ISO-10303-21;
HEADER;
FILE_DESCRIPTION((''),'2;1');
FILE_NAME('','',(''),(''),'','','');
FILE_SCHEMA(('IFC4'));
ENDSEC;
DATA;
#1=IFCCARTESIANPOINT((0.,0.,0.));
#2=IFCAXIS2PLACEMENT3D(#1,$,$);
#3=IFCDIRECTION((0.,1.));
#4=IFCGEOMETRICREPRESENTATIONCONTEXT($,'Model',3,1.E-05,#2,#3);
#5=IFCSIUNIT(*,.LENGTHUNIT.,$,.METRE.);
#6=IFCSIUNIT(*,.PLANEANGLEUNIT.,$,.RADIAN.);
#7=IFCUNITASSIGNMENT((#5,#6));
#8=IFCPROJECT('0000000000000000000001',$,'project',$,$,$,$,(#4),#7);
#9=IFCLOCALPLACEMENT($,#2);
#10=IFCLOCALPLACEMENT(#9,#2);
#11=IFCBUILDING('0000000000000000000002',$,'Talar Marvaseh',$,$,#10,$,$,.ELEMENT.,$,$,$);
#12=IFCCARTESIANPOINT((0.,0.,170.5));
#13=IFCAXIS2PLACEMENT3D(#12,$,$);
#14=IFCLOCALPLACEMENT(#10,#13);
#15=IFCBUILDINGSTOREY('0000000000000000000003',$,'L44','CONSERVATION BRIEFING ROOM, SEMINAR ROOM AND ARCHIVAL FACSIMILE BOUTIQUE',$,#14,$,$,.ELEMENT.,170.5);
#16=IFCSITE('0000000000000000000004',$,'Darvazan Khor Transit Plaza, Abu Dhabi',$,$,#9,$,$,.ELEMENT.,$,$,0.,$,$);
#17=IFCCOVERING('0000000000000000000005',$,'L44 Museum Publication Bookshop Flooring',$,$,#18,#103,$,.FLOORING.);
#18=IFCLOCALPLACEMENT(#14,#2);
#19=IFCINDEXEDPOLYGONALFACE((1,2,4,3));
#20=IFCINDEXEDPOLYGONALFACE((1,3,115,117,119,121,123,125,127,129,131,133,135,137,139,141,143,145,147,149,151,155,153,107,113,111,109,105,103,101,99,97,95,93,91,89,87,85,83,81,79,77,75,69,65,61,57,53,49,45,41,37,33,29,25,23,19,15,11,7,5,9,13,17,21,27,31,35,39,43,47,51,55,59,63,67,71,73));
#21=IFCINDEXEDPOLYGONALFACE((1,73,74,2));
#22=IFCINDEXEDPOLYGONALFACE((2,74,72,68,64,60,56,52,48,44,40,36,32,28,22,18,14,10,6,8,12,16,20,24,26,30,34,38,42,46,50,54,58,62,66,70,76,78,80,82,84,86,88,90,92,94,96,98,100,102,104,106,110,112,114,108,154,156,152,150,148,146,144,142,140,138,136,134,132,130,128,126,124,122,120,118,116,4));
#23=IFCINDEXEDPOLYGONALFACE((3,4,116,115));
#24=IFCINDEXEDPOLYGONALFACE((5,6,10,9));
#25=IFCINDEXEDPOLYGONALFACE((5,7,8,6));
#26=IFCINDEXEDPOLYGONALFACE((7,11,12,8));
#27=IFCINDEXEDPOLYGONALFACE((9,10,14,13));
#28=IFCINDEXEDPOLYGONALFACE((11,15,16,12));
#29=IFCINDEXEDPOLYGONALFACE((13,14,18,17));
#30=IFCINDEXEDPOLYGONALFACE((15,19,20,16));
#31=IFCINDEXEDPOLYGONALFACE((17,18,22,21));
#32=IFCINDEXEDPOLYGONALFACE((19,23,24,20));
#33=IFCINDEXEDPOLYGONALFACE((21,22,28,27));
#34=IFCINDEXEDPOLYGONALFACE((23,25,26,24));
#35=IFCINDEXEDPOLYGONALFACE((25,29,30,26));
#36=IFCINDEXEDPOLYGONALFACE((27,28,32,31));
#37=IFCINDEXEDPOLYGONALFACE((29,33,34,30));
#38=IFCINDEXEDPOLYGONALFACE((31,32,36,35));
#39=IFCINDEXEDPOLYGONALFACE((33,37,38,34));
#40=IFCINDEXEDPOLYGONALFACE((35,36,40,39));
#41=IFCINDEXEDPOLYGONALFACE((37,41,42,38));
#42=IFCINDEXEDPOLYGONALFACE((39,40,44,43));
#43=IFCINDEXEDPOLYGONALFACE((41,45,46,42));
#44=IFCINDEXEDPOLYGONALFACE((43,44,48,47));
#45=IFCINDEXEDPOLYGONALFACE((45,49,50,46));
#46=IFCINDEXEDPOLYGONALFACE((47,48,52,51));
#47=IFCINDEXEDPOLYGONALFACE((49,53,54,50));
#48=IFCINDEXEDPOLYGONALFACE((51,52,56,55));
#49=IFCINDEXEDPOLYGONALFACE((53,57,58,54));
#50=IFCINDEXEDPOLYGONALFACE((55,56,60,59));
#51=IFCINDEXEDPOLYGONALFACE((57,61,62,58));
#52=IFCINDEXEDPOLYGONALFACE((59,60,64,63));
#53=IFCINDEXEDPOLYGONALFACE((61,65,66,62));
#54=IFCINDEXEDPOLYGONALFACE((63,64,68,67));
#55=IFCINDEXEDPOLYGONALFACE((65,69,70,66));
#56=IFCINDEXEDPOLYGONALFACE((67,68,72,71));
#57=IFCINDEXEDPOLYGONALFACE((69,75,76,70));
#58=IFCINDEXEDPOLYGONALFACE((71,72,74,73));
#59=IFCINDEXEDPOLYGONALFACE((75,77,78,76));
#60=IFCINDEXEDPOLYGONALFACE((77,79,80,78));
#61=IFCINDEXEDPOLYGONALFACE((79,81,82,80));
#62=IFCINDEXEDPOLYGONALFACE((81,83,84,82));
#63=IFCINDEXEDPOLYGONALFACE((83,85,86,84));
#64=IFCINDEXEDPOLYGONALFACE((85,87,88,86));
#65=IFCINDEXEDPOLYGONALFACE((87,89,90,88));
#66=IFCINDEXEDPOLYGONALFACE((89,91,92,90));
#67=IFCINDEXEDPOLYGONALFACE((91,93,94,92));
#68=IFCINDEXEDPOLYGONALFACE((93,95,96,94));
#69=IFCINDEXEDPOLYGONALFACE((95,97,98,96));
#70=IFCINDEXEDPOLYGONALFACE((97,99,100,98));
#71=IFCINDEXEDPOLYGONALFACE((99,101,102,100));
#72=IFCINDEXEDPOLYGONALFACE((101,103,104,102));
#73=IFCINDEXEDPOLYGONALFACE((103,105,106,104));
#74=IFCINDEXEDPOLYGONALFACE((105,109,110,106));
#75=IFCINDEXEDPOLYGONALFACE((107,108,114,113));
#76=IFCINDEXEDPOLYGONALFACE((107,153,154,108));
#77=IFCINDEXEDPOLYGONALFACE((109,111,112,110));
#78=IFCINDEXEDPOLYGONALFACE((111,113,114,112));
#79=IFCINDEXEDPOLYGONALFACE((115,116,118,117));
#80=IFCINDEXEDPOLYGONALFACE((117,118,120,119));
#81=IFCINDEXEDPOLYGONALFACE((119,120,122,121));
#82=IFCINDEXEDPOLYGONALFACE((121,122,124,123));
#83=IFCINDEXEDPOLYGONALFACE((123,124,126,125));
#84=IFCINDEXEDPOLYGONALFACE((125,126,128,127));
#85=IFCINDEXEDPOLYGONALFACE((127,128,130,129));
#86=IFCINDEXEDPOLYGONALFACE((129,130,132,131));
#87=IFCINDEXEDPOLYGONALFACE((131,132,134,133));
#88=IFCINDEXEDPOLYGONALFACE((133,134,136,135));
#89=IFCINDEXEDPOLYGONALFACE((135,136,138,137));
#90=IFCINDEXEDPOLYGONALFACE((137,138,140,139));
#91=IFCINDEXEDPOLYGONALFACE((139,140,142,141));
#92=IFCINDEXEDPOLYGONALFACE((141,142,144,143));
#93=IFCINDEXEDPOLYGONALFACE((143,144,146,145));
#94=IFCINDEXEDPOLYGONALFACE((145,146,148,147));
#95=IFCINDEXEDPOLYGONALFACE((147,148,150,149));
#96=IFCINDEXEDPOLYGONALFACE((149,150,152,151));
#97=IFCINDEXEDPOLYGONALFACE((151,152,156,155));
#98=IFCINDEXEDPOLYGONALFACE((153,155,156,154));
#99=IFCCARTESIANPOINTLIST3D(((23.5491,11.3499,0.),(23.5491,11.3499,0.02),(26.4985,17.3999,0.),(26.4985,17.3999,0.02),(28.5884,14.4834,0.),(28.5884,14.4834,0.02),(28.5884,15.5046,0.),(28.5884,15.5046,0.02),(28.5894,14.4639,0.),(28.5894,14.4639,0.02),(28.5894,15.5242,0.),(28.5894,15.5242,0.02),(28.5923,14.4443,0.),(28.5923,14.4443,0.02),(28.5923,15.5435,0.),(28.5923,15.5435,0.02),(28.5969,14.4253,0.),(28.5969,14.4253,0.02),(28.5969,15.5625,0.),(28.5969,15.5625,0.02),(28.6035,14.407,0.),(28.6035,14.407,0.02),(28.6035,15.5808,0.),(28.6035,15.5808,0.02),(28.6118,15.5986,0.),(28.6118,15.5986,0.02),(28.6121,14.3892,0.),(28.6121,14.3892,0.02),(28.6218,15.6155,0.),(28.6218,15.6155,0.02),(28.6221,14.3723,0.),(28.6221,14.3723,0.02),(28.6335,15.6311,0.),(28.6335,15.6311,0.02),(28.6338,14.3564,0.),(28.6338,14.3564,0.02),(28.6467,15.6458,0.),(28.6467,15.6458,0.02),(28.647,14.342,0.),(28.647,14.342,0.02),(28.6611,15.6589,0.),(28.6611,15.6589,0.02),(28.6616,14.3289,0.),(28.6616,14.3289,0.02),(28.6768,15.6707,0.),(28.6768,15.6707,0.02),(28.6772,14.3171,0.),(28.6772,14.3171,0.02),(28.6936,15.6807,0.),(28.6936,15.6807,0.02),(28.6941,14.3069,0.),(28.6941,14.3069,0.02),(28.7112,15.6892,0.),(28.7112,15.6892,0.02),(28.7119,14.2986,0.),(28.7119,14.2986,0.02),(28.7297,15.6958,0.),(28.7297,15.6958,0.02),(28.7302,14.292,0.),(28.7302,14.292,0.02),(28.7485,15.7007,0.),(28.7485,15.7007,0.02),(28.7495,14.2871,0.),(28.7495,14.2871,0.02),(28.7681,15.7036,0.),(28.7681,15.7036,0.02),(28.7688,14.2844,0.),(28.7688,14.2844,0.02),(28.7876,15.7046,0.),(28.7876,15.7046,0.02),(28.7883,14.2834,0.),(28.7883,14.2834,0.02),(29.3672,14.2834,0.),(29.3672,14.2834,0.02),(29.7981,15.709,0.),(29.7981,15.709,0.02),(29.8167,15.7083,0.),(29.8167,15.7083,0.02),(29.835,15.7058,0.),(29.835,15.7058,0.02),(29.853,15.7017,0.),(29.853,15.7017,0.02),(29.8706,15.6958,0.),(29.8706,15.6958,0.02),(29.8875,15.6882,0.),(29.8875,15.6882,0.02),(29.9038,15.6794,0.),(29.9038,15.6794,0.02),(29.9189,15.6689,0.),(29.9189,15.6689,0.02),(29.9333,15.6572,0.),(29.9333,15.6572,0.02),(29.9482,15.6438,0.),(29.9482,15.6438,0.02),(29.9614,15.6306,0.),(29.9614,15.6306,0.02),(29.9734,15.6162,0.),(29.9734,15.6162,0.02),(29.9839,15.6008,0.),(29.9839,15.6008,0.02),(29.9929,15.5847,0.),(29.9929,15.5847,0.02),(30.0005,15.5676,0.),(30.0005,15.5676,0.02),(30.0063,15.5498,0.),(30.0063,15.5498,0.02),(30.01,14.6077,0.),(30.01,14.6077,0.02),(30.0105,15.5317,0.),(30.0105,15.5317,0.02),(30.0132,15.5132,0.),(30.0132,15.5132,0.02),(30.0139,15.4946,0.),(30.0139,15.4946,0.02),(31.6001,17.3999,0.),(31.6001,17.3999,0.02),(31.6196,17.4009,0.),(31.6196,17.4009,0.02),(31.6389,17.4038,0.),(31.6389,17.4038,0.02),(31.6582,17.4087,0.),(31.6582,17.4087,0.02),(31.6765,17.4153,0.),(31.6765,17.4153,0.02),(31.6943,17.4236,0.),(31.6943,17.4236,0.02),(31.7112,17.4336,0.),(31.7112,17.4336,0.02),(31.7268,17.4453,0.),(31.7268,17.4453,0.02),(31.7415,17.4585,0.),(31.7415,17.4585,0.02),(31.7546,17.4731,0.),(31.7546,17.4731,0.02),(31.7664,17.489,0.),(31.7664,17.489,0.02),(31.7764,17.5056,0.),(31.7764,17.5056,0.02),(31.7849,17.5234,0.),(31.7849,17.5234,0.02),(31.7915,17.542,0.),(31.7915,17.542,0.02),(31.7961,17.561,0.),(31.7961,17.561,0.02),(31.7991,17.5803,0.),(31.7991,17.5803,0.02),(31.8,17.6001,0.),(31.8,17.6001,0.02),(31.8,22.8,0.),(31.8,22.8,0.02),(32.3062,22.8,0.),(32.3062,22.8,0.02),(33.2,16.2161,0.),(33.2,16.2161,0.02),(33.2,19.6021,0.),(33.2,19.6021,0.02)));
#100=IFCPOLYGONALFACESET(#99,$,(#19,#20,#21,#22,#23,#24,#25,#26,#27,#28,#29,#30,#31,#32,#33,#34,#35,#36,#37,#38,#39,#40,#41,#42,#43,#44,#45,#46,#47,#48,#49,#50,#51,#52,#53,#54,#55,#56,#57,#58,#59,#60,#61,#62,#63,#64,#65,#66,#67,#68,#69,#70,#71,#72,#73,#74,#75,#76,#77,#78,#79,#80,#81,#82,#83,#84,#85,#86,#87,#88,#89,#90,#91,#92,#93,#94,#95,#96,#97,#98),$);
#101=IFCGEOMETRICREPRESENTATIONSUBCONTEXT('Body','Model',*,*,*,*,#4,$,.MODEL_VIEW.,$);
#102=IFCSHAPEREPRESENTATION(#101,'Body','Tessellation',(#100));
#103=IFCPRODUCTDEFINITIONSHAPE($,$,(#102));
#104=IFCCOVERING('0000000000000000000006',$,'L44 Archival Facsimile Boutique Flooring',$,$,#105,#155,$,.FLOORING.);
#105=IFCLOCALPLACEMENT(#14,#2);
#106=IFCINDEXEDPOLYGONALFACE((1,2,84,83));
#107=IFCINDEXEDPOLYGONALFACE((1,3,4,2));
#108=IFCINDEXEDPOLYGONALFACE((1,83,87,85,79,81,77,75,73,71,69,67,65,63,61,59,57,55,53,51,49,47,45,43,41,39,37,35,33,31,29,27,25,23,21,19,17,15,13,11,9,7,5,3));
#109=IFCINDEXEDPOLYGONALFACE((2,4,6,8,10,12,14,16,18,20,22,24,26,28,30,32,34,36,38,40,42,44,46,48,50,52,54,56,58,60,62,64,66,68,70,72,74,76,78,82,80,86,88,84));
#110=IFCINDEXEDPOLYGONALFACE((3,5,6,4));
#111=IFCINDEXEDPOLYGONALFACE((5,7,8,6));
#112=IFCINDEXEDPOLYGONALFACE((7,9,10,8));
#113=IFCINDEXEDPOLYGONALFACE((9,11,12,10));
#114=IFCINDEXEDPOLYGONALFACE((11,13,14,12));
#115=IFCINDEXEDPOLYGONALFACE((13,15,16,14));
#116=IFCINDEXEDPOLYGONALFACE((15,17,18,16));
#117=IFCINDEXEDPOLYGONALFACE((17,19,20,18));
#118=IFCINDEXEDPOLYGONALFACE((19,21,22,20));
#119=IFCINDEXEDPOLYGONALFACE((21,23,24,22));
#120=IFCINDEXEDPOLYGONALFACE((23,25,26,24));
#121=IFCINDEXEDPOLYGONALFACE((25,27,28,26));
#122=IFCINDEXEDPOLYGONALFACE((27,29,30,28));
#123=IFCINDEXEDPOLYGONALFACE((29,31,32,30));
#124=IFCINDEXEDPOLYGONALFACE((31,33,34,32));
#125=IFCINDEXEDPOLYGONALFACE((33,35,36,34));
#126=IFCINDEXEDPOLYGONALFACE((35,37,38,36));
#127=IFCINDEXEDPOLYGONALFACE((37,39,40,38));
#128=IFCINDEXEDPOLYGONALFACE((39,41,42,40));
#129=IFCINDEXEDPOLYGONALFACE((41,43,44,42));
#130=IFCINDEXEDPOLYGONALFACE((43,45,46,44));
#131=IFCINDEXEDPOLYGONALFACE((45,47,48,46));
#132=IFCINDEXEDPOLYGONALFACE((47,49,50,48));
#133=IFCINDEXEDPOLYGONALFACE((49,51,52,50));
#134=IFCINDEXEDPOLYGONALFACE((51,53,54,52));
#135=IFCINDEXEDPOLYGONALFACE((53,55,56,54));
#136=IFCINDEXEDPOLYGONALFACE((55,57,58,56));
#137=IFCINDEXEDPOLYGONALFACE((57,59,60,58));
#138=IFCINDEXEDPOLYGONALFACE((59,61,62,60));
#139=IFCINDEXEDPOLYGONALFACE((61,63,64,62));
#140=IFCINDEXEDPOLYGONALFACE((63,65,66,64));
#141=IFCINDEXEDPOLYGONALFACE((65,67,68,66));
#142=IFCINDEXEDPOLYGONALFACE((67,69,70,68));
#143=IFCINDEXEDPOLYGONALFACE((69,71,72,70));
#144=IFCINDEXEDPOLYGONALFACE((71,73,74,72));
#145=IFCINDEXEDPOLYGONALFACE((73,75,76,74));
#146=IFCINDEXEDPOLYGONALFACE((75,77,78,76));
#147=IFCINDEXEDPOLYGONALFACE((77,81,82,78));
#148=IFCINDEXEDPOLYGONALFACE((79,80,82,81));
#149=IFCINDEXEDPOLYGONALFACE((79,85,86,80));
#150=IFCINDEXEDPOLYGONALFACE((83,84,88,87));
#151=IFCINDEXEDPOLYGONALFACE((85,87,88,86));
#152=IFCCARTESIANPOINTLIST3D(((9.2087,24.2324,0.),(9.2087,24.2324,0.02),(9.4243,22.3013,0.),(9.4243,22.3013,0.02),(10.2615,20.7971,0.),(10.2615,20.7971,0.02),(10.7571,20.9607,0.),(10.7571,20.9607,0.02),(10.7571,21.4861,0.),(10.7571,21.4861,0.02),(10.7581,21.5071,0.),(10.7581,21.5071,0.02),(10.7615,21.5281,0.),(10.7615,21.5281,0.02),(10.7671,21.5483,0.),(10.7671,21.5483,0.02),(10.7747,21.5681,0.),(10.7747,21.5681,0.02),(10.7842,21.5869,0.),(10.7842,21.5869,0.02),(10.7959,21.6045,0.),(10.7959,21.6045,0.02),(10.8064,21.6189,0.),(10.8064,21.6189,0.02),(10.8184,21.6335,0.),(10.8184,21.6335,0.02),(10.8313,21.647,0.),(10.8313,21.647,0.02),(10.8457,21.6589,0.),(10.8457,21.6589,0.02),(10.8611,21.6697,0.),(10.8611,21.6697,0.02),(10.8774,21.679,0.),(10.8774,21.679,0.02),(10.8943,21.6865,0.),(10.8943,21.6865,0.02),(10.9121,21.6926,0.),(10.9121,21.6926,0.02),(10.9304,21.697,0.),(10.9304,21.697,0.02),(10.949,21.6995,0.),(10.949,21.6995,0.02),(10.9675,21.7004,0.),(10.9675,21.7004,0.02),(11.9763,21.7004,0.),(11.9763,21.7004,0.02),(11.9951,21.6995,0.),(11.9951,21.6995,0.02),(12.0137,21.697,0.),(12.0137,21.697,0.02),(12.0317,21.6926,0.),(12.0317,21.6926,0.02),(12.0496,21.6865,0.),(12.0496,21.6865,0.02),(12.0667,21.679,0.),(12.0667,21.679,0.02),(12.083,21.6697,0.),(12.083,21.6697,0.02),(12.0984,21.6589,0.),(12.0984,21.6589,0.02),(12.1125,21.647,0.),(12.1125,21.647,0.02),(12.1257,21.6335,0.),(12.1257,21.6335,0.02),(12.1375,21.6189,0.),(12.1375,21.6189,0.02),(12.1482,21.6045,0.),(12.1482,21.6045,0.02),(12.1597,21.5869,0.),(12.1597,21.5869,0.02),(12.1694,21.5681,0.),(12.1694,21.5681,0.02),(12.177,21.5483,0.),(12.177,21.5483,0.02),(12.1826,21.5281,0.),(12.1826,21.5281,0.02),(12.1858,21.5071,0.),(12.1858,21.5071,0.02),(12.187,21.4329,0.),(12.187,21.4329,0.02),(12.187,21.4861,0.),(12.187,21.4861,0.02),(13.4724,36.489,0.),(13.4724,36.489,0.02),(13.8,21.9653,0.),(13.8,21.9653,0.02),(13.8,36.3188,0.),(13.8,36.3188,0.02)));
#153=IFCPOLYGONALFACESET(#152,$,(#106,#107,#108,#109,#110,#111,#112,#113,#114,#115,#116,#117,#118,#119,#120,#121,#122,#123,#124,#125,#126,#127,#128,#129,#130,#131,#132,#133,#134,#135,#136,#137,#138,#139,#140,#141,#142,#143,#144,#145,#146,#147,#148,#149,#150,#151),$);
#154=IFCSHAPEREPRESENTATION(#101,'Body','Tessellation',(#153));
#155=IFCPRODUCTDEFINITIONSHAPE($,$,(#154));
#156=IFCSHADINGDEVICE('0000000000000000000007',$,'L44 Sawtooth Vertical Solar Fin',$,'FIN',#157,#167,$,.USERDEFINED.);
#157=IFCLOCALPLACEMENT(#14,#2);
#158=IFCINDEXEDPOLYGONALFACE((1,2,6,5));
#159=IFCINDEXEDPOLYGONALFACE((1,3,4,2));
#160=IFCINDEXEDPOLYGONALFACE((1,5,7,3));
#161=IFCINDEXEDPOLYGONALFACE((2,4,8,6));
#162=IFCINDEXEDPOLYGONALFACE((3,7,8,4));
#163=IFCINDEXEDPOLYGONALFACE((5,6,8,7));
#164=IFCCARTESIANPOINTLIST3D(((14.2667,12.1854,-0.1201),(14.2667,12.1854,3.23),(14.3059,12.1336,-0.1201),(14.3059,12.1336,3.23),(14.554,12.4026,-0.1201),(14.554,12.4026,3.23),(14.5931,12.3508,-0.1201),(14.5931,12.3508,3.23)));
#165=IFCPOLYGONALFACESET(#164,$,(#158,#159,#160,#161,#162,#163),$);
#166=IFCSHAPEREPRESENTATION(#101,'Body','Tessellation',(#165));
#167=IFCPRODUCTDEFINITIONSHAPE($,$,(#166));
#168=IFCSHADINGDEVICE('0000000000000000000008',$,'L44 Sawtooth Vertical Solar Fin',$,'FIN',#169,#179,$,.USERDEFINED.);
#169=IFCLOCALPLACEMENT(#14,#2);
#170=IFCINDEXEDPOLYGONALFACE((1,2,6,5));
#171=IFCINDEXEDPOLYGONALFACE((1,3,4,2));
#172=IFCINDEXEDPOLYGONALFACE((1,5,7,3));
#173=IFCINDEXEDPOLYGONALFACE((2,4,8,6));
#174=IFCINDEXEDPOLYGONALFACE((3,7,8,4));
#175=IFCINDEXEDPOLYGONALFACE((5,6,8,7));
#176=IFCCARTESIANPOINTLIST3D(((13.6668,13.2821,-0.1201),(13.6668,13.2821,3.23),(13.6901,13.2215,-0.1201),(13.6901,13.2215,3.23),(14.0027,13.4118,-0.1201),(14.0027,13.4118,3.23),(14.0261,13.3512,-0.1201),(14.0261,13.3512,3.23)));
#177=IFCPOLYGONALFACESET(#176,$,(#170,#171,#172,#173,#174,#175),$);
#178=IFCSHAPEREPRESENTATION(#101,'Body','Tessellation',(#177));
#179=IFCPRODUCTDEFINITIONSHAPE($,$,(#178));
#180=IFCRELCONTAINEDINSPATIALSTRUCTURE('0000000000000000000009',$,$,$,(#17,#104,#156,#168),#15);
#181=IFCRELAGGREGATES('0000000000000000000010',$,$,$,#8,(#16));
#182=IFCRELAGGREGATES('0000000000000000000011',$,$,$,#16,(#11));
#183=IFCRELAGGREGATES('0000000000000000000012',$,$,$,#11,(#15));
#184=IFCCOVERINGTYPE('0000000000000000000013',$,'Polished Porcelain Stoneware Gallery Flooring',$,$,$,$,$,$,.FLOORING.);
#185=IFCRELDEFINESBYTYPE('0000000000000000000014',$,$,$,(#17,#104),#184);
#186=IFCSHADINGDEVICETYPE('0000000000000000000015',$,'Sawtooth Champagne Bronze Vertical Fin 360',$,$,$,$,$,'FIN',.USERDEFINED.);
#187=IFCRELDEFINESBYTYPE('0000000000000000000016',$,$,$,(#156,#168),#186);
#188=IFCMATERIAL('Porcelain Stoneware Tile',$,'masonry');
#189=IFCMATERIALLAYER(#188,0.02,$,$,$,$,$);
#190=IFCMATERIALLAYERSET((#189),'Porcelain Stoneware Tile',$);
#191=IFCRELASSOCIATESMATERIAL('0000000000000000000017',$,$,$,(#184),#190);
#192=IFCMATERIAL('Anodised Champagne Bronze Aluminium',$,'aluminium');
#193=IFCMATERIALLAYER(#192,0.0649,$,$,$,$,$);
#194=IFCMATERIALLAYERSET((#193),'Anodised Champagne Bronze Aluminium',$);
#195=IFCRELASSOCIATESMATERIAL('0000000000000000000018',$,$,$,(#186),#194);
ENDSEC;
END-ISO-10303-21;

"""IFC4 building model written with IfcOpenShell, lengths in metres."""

from ifc_helpers import new_model, si_unit, direction, frame, origin, origin_2d, place, context, subcontext, project, spatial, polyline, rectangle, outline, extrude, source, transform, mapped, material, layer, layer_set, type_object, type_shapes, element, save


model = new_model("IFC4")

# Units and contexts
model_context = context("Model", 3, precision=1e-05, world=origin(), true_north=direction((0.0, 1.0)))
body_context = subcontext(model_context, "Body", "Model", "MODEL_VIEW")
ifc_project = project(units=[si_unit("LENGTHUNIT", "METRE"), si_unit("PLANEANGLEUNIT", "RADIAN")], contexts=[model_context])

# Site, building, storey
site_placement = place(None, origin())
site = spatial("IfcSite", under=ifc_project, at=site_placement, Name="Darvazan Khor Transit Plaza, Abu Dhabi", CompositionType="ELEMENT", RefElevation=0.0)
building_placement = place(site_placement, origin())
building = spatial("IfcBuilding", under=site, at=building_placement, Name="Talar Marvaseh", CompositionType="ELEMENT")
storey_placement = place(building_placement, frame((0.0, 0.0, 170.5)))
storey = spatial("IfcBuildingStorey", under=building, at=storey_placement, Name="L44", Description="CONSERVATION BRIEFING ROOM, SEMINAR ROOM AND ARCHIVAL FACSIMILE BOUTIQUE", CompositionType="ELEMENT", Elevation=170.5)

# Coverings
ifc_material_1 = material(Name="Porcelain Stoneware Tile", Category="masonry")
ifc_layer_1 = layer(ifc_material_1, 0.02)
ifc_layer_set_1 = layer_set([ifc_layer_1], Name="Porcelain Stoneware Tile")
covering_type_1 = type_object("IfcCoveringType", Name="Polished Porcelain Stoneware Gallery Flooring", PredefinedType="FLOORING", material=ifc_layer_set_1)
covering_1_placement = place(storey_placement, origin())
element("IfcCovering", 1, at=covering_1_placement, inside=storey, type_object=covering_type_1, Name="L44 Museum Publication Bookshop Flooring", PredefinedType="FLOORING", context=body_context, shape_type="SweptSolid", body=[
    extrude(outline(polyline([(31.6196, 17.4009), (31.6389, 17.4038), (31.6582, 17.4087), (31.6765, 17.4153), (31.6943, 17.4236), (31.7112, 17.4336), (31.7268, 17.4453), (31.7415, 17.4585), (31.7546, 17.4731), (31.7664, 17.489), (31.7764, 17.5056), (31.7849, 17.5234), (31.7915, 17.542), (31.7961, 17.561), (31.7991, 17.5803), (31.8, 17.6001), (31.8, 22.8), (32.3062, 22.8), (33.2, 19.6021), (33.2, 16.2161), (30.01, 14.6077), (30.0139, 15.4946), (30.0132, 15.5132), (30.0105, 15.5317), (30.0063, 15.5498), (30.0005, 15.5676), (29.9929, 15.5847), (29.9839, 15.6008), (29.9734, 15.6162), (29.9614, 15.6306), (29.9482, 15.6438), (29.9333, 15.6572), (29.9189, 15.6689), (29.9038, 15.6794), (29.8875, 15.6882), (29.8706, 15.6958), (29.853, 15.7017), (29.835, 15.7058), (29.8167, 15.7083), (29.7981, 15.709), (28.7876, 15.7046), (28.7681, 15.7036), (28.7485, 15.7007), (28.7297, 15.6958), (28.7112, 15.6892), (28.6936, 15.6807), (28.6768, 15.6707), (28.6611, 15.6589), (28.6467, 15.6458), (28.6335, 15.6311), (28.6218, 15.6155), (28.6118, 15.5986), (28.6035, 15.5808), (28.5969, 15.5625), (28.5923, 15.5435), (28.5894, 15.5242), (28.5884, 15.5046), (28.5884, 14.4834), (28.5894, 14.4639), (28.5923, 14.4443), (28.5969, 14.4253), (28.6035, 14.407), (28.6121, 14.3892), (28.6221, 14.3723), (28.6338, 14.3564), (28.647, 14.342), (28.6616, 14.3289), (28.6772, 14.3171), (28.6941, 14.3069), (28.7119, 14.2986), (28.7302, 14.292), (28.7495, 14.2871), (28.7688, 14.2844), (28.7883, 14.2834), (29.3672, 14.2834), (23.5491, 11.3499), (26.4985, 17.3999), (31.6001, 17.3999), (31.6196, 17.4009)])), origin(), (0.0, 0.0, 1.0), 0.02),
])
covering_2_placement = place(storey_placement, origin())
element("IfcCovering", 2, at=covering_2_placement, inside=storey, type_object=covering_type_1, Name="L44 Archival Facsimile Boutique Flooring", PredefinedType="FLOORING", context=body_context, shape_type="SweptSolid", body=[
    extrude(outline(polyline([(13.8, 36.3188), (13.8, 21.9653), (12.187, 21.4329), (12.187, 21.4861), (12.1858, 21.5071), (12.1826, 21.5281), (12.177, 21.5483), (12.1694, 21.5681), (12.1597, 21.5869), (12.1482, 21.6045), (12.1375, 21.6189), (12.1257, 21.6335), (12.1125, 21.647), (12.0984, 21.6589), (12.083, 21.6697), (12.0667, 21.679), (12.0496, 21.6865), (12.0317, 21.6926), (12.0137, 21.697), (11.9951, 21.6995), (11.9763, 21.7004), (10.9675, 21.7004), (10.949, 21.6995), (10.9304, 21.697), (10.9121, 21.6926), (10.8943, 21.6865), (10.8774, 21.679), (10.8611, 21.6697), (10.8457, 21.6589), (10.8313, 21.647), (10.8184, 21.6335), (10.8064, 21.6189), (10.7959, 21.6045), (10.7842, 21.5869), (10.7747, 21.5681), (10.7671, 21.5483), (10.7615, 21.5281), (10.7581, 21.5071), (10.7571, 21.4861), (10.7571, 20.9607), (10.2615, 20.7971), (9.4243, 22.3013), (9.2087, 24.2324), (13.4724, 36.489), (13.8, 36.3188)])), origin(), (0.0, 0.0, 1.0), 0.02),
])

# Shading devices
ifc_material_2 = material(Name="Anodised Champagne Bronze Aluminium", Category="aluminium")
ifc_layer_2 = layer(ifc_material_2, 0.0649)
ifc_layer_set_2 = layer_set([ifc_layer_2], Name="Anodised Champagne Bronze Aluminium")
shading_device_type_1 = type_object("IfcShadingDeviceType", Name="Sawtooth Champagne Bronze Vertical Fin 360", ElementType="FIN", PredefinedType="USERDEFINED", material=ifc_layer_set_2)
shared_shape_1 = source(origin(), body_context, "Body", "SweptSolid", [
    extrude(rectangle(XDim=0.3601, YDim=0.0649, at=origin_2d()), origin(), (0.0, 0.0, 1.0), 3.3501),
])
type_shapes(shading_device_type_1, [shared_shape_1])
for number, where, z_axis, x_axis, name in (
    (3, (14.4299, 12.2681, -0.1201), (0.0, 0.0, 1.0), (-0.797584, -0.603208, 0.0), "L44 Sawtooth Vertical Solar Fin"),
    (4, (13.8464, 13.3167, -0.1201), (0.0, 0.0, 1.0), (-0.932954, -0.359997, 0.0), "L44 Sawtooth Vertical Solar Fin"),
):
    element("IfcShadingDevice", number, at=place(storey_placement, frame(where, z_axis=z_axis, x_axis=x_axis)), inside=storey, type_object=shading_device_type_1, Name=name, ObjectType="FIN", PredefinedType="USERDEFINED", context=body_context, shape_type="MappedRepresentation", body=[
        mapped(shared_shape_1, transform((0.0, 0.0, 0.0), x_axis=(1.0, 0.0, 0.0), y_axis=(0.0, 1.0, 0.0), z_axis=(0.0, 0.0, 1.0), scale=1.0)),
    ])

save(model, "model.ifc")
